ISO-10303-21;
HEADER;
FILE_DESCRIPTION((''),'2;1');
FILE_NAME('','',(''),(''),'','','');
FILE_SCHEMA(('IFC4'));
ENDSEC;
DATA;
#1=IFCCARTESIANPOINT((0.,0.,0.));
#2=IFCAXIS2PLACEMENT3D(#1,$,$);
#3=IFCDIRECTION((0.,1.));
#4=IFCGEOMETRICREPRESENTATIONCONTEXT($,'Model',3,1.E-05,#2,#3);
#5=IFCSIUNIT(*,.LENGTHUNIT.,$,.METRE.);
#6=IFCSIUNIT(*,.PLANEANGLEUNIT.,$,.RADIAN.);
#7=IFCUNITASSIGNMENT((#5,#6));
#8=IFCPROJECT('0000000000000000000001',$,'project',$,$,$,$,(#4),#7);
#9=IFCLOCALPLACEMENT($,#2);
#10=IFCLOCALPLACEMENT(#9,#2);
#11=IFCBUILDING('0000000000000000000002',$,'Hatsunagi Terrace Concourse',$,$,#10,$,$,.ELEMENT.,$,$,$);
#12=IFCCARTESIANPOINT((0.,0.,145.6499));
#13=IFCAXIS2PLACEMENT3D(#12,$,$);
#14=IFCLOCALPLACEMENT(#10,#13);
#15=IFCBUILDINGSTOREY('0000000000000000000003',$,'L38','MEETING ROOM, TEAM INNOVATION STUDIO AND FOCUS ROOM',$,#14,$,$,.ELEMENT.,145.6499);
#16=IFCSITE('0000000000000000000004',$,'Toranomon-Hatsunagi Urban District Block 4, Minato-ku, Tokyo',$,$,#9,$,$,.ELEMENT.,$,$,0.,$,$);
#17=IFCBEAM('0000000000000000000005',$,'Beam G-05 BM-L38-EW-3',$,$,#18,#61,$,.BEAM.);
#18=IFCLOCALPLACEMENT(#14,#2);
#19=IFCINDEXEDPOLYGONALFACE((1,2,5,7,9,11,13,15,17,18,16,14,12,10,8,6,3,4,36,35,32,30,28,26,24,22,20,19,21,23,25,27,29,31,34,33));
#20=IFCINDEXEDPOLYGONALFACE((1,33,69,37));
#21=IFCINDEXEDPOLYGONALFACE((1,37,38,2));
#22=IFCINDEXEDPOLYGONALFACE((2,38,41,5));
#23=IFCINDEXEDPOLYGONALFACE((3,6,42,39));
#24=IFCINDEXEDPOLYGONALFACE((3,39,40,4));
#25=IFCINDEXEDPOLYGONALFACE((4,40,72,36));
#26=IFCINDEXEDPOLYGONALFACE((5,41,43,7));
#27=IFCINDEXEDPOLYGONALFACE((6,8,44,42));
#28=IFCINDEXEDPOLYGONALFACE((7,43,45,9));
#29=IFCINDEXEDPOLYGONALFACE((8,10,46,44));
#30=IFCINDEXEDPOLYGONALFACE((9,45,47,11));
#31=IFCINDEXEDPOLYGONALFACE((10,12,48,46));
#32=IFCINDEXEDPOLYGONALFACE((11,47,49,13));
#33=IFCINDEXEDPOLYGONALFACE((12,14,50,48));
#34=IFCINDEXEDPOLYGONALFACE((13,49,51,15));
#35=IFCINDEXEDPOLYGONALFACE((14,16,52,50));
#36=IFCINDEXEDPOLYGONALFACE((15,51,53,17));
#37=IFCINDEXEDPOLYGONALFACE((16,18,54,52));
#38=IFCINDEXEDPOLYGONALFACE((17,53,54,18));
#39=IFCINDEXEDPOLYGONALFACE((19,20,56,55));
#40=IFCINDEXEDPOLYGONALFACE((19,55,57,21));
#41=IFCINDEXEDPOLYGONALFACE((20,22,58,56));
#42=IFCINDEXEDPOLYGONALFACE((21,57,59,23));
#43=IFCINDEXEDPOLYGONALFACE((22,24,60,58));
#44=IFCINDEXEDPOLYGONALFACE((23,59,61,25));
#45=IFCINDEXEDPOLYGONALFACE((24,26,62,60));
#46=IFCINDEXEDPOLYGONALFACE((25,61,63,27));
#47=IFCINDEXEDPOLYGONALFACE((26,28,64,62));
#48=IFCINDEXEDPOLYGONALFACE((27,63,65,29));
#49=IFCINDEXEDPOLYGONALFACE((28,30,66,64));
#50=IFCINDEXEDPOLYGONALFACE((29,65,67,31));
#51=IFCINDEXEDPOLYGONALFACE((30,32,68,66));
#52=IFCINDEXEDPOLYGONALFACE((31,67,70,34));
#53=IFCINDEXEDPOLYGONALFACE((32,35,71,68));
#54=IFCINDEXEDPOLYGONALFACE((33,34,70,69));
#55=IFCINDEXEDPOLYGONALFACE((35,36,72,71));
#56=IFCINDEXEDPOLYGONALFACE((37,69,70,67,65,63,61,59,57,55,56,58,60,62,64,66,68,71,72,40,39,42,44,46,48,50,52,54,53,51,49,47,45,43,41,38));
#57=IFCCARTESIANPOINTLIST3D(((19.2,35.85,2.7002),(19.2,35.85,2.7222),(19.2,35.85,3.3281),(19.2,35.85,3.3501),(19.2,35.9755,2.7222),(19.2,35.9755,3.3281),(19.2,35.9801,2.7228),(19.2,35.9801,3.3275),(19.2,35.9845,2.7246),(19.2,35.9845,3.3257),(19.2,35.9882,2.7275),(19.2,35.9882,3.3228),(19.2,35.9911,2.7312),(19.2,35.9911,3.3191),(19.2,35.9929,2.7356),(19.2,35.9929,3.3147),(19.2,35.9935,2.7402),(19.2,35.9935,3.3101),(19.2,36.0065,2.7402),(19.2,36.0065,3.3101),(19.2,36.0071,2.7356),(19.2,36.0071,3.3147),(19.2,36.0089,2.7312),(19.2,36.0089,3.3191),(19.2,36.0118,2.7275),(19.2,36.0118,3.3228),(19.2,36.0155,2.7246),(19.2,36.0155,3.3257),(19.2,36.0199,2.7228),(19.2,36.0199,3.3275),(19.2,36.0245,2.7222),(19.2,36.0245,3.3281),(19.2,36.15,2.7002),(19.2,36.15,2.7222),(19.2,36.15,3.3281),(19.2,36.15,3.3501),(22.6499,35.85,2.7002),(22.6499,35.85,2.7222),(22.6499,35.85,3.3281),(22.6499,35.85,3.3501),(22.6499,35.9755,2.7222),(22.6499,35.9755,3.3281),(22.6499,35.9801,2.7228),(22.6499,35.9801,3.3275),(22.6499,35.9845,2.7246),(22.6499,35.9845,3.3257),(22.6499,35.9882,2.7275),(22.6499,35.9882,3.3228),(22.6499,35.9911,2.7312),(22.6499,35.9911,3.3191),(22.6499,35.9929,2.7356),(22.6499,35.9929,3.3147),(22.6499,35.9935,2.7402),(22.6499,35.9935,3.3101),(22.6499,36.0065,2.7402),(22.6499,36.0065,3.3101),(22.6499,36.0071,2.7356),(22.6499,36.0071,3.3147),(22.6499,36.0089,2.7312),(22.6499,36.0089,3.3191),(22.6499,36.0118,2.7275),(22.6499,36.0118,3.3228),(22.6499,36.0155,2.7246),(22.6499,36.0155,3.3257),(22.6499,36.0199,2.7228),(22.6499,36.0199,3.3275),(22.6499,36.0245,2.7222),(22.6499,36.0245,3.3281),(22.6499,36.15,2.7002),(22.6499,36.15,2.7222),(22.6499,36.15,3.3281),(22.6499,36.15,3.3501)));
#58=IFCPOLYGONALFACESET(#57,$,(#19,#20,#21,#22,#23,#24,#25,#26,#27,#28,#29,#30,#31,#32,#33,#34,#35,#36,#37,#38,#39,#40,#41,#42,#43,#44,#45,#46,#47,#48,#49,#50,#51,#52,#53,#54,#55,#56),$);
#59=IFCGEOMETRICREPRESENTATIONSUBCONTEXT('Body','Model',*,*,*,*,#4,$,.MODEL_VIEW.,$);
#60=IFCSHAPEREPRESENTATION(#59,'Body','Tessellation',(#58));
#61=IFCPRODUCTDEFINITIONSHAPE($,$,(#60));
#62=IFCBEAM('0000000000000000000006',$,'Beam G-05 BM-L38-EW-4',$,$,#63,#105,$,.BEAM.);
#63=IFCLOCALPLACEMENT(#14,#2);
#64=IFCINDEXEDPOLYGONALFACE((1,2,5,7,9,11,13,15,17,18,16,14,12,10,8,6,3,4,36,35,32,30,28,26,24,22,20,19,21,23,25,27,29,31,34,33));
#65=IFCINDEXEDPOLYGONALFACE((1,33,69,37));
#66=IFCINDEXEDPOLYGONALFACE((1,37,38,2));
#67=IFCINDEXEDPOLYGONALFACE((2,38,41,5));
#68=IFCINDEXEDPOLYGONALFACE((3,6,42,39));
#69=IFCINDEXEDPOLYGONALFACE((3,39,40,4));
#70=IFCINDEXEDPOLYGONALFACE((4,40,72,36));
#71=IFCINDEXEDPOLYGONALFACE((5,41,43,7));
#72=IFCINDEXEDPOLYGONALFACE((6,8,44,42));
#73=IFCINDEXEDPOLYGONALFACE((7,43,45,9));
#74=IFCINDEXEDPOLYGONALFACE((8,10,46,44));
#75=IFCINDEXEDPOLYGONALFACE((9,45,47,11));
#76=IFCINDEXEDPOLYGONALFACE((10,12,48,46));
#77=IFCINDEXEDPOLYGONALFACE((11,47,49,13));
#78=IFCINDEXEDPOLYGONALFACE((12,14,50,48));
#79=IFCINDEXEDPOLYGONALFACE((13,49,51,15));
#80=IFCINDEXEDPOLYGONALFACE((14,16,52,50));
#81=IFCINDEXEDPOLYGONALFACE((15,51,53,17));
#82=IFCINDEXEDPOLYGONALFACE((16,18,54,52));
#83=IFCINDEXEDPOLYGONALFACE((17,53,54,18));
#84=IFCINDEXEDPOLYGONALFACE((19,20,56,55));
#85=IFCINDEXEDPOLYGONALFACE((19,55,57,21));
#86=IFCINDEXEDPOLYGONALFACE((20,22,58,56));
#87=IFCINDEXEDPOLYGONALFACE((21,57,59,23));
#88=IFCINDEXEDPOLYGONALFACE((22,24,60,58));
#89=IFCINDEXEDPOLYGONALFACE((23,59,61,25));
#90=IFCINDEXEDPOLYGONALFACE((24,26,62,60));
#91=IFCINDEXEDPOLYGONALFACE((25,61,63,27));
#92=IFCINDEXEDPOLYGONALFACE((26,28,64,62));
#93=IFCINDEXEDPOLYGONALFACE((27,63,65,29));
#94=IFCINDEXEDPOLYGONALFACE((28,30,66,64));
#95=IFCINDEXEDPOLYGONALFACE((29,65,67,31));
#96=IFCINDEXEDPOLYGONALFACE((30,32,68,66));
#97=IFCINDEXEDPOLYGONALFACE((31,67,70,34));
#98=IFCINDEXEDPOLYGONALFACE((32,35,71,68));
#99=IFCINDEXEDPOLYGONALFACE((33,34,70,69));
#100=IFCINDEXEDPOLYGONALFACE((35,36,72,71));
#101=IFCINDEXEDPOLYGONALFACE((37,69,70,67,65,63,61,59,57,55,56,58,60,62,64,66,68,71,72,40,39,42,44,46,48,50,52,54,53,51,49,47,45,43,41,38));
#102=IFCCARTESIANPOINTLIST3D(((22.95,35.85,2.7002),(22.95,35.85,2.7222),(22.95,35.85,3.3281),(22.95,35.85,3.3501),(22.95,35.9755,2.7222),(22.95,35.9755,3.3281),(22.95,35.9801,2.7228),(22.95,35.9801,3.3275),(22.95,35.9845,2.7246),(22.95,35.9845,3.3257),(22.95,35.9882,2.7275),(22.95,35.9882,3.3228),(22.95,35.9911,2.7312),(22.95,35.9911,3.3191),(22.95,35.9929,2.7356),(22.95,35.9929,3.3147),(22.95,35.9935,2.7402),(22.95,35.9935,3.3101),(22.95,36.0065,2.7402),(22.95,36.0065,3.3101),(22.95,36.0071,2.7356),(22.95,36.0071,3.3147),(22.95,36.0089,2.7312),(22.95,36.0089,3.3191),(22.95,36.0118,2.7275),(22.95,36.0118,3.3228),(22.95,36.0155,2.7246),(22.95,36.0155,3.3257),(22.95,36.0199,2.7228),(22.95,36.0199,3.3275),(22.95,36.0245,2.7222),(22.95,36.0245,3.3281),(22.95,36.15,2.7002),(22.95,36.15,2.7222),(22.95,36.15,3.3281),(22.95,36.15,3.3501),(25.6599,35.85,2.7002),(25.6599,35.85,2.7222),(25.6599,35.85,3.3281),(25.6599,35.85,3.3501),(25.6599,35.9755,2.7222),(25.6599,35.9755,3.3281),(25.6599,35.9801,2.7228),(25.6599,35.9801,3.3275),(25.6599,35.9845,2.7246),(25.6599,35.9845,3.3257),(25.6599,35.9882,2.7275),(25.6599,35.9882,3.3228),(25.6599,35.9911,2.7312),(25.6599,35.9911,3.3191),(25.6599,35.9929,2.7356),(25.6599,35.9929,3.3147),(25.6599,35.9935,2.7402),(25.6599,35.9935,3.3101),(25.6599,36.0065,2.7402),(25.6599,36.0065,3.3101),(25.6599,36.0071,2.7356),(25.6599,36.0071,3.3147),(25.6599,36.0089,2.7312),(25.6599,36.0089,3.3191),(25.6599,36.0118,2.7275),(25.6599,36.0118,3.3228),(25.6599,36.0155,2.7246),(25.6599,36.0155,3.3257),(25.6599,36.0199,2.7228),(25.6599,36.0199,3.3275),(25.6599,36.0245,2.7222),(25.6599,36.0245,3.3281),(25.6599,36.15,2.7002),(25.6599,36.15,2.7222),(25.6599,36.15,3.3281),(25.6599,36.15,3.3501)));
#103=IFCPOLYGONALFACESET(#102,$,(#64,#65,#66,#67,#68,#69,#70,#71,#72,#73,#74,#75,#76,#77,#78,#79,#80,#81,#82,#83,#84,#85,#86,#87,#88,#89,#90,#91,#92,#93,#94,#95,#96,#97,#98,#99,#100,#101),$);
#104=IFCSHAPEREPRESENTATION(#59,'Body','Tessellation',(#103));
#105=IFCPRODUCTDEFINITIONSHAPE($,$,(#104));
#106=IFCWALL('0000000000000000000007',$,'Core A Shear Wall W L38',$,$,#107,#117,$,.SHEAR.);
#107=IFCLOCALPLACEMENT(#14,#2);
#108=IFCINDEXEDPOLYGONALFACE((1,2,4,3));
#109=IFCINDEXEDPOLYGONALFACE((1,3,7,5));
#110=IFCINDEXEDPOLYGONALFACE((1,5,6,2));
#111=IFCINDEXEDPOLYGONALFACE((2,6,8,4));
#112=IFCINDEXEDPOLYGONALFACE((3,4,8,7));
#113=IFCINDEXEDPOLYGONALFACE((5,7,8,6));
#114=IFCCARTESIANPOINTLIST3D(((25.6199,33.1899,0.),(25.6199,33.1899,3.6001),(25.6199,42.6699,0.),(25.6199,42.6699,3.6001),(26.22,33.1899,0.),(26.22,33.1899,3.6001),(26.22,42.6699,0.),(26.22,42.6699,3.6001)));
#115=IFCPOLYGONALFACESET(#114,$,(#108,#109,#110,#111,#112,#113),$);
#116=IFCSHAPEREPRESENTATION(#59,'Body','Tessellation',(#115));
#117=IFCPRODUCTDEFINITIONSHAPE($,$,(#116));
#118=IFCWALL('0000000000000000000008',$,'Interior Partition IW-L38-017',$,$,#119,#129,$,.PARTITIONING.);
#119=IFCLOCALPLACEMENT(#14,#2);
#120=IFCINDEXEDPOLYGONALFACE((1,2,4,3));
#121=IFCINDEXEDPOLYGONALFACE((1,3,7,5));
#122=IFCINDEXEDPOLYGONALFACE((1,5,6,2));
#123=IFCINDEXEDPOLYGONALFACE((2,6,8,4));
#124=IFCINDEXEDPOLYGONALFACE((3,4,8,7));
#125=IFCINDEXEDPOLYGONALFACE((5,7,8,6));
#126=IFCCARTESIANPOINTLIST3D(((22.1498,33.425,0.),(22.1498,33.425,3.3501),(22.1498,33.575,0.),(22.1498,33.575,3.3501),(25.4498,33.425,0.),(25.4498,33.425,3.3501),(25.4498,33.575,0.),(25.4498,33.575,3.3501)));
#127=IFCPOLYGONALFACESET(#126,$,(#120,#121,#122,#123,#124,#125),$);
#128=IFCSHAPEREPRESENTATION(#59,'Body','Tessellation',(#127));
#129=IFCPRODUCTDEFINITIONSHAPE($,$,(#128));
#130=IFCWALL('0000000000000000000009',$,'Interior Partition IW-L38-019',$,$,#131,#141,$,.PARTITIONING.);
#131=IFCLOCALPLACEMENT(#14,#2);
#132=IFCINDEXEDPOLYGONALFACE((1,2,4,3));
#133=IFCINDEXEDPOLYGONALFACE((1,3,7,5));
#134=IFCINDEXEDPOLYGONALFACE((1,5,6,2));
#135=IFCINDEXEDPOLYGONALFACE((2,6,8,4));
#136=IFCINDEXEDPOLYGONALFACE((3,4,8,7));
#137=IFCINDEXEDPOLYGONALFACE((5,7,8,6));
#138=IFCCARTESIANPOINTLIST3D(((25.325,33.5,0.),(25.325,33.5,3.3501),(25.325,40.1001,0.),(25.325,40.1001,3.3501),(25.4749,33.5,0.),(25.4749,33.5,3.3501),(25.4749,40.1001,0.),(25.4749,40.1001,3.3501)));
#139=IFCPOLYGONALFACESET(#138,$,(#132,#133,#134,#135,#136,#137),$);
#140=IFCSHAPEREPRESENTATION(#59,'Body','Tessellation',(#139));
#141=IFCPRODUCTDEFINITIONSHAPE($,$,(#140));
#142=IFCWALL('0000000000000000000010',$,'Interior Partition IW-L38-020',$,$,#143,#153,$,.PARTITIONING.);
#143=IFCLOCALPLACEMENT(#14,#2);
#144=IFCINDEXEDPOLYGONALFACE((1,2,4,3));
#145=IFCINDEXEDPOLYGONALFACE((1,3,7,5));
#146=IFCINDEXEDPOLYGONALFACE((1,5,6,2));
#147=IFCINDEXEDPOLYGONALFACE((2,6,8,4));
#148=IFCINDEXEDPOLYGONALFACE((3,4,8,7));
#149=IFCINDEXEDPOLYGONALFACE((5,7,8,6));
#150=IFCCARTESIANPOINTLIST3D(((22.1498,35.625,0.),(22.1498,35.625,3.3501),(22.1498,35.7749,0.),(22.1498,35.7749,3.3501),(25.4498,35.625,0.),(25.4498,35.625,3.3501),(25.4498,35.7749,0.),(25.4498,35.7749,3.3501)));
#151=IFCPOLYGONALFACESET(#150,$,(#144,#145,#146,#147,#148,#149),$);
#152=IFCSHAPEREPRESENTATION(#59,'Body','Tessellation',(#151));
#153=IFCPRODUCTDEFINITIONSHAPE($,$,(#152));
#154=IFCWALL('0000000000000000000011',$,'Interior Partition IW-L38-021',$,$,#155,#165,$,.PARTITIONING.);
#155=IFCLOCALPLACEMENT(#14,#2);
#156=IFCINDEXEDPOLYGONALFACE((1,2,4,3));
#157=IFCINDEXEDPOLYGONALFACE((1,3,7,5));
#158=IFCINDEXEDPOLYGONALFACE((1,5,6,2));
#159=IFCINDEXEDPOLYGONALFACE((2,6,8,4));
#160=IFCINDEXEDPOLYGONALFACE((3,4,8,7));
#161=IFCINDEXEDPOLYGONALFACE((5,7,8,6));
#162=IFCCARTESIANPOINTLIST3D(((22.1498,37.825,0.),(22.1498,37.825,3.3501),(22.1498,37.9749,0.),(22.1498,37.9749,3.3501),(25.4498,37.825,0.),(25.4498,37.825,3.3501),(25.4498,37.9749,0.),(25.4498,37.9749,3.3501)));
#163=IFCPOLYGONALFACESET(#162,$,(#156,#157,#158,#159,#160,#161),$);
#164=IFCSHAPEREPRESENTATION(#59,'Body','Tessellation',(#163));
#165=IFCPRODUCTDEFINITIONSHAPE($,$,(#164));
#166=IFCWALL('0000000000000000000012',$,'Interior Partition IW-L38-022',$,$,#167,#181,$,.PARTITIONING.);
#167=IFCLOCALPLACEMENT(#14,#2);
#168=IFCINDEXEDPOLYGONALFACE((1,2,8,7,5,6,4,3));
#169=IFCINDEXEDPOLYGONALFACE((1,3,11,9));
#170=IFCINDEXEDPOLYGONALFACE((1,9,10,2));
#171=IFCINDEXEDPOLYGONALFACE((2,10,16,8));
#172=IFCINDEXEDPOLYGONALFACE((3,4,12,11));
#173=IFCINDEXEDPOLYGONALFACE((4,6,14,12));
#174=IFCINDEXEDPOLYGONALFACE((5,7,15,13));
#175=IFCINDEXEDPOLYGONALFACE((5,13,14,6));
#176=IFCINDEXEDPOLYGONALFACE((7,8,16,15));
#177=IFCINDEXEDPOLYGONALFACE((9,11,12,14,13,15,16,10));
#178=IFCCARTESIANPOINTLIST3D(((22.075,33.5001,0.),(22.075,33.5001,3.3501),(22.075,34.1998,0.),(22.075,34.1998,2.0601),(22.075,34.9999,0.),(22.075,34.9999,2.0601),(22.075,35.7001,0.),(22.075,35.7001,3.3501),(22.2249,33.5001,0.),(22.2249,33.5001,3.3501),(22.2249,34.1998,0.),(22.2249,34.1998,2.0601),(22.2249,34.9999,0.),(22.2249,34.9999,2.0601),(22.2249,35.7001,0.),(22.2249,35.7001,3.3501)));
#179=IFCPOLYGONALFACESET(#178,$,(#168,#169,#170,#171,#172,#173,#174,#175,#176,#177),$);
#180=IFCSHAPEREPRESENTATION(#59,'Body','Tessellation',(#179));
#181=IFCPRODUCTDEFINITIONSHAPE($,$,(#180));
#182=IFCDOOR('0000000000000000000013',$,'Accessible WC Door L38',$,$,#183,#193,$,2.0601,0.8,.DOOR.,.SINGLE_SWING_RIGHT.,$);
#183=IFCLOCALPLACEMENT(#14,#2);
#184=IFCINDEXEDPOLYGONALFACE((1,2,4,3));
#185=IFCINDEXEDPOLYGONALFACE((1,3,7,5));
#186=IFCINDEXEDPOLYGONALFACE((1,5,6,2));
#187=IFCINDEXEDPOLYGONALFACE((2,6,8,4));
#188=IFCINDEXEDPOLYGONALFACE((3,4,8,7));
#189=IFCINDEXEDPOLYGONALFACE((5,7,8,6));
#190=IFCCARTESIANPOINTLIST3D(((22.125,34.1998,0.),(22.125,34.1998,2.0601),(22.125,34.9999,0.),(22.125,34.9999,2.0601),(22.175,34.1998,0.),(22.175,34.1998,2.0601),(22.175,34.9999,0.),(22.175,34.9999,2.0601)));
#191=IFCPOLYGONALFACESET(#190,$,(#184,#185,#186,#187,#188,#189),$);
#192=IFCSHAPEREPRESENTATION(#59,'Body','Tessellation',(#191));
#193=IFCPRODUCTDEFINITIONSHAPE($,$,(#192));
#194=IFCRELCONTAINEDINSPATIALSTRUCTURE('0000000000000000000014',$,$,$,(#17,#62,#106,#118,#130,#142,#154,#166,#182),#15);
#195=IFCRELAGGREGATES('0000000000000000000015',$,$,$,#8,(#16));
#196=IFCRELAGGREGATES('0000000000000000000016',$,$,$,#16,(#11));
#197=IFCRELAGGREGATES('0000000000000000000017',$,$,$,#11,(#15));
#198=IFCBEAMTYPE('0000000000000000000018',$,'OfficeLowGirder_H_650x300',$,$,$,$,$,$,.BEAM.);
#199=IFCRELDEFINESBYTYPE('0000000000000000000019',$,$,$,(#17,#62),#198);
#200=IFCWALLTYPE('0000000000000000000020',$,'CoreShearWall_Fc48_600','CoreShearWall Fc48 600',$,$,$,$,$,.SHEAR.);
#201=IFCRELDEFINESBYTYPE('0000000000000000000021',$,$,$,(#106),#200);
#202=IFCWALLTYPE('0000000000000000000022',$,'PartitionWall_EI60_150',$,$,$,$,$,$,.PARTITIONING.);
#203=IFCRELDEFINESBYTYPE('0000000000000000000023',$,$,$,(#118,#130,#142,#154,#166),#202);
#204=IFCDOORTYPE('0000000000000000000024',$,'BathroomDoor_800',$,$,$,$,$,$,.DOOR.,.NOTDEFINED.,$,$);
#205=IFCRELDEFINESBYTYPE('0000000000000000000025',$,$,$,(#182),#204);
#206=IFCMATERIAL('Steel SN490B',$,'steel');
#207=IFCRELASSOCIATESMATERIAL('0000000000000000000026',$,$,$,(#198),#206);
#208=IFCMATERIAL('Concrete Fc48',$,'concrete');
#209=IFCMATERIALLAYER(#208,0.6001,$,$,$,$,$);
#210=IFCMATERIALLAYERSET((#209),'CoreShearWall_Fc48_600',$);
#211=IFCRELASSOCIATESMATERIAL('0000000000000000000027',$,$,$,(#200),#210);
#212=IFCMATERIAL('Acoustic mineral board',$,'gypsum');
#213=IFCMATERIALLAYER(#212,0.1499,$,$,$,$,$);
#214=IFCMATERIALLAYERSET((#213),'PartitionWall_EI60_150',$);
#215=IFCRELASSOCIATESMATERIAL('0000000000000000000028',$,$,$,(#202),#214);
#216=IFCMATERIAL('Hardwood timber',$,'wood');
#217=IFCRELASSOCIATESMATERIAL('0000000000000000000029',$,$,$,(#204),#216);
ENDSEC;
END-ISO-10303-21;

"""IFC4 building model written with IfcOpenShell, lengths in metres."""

from ifc_helpers import new_model, si_unit, direction, frame, frame_2d, origin, origin_2d, place, context, subcontext, project, spatial, rectangle, i_section, extrude, material, layer, layer_set, material_profile, profile_set, type_object, element, fill, save


model = new_model("IFC4")

# Units and contexts
model_context = context("Model", 3, precision=1e-05, world=origin(), true_north=direction((0.0, 1.0)))
body_context = subcontext(model_context, "Body", "Model", "MODEL_VIEW")
ifc_project = project(units=[si_unit("LENGTHUNIT", "METRE"), si_unit("PLANEANGLEUNIT", "RADIAN")], contexts=[model_context])

# Site, building, storey
site_placement = place(None, origin())
site = spatial("IfcSite", under=ifc_project, at=site_placement, Name="Toranomon-Hatsunagi Urban District Block 4, Minato-ku, Tokyo", CompositionType="ELEMENT", RefElevation=0.0)
building_placement = place(site_placement, origin())
building = spatial("IfcBuilding", under=site, at=building_placement, Name="Hatsunagi Terrace Concourse", CompositionType="ELEMENT")
storey_placement = place(building_placement, frame((0.0, 0.0, 145.6499)))
storey = spatial("IfcBuildingStorey", under=building, at=storey_placement, Name="L38", Description="MEETING ROOM, TEAM INNOVATION STUDIO AND FOCUS ROOM", CompositionType="ELEMENT", Elevation=145.6499)

# Beams
ifc_material_1 = material(Name="Steel SN490B", Category="steel")
ifc_material_profile_1 = material_profile(ifc_material_1, i_section(OverallWidth=0.3, OverallDepth=0.6499, WebThickness=0.0129, FlangeThickness=0.022, FilletRadius=0.0181, at=origin_2d()), Name="H-650x300x13x22")
ifc_profile_set_1 = profile_set([ifc_material_profile_1], Name="Steel SN490B")
beam_type_1 = type_object("IfcBeamType", Name="OfficeLowGirder_H_650x300", PredefinedType="BEAM", material=ifc_profile_set_1)
beam_1_placement = place(storey_placement, frame((19.2, 36.0, 3.0251), z_axis=(1.0, 0.0, 0.0), x_axis=(0.0, 1.0, 0.0)))
element("IfcBeam", 1, at=beam_1_placement, inside=storey, type_object=beam_type_1, Name="Beam G-05 BM-L38-EW-3", PredefinedType="BEAM", context=body_context, shape_type="SweptSolid", body=[
    extrude(i_section(OverallWidth=0.3, OverallDepth=0.6499, WebThickness=0.0129, FlangeThickness=0.022, FilletRadius=0.0181, at=origin_2d()), origin(), (0.0, 0.0, 1.0), 3.45),
])
beam_2_placement = place(storey_placement, frame((22.95, 36.0, 3.0251), z_axis=(1.0, 0.0, 0.0), x_axis=(0.0, 1.0, 0.0)))
element("IfcBeam", 2, at=beam_2_placement, inside=storey, type_object=beam_type_1, Name="Beam G-05 BM-L38-EW-4", PredefinedType="BEAM", context=body_context, shape_type="SweptSolid", body=[
    extrude(i_section(OverallWidth=0.3, OverallDepth=0.6499, WebThickness=0.0129, FlangeThickness=0.022, FilletRadius=0.0181, at=origin_2d()), origin(), (0.0, 0.0, 1.0), 2.71),
])

# Shared definitions
ifc_material_2 = material(Name="Concrete Fc48", Category="concrete")
ifc_layer_1 = layer(ifc_material_2, 0.6001)
ifc_layer_set_1 = layer_set([ifc_layer_1], Name="CoreShearWall_Fc48_600")
wall_type_1 = type_object("IfcWallType", Name="CoreShearWall_Fc48_600", Description="CoreShearWall Fc48 600", PredefinedType="SHEAR", material=ifc_layer_set_1)

# Walls
wall_1_placement = place(storey_placement, frame((25.9199, 33.1899, 0.0), z_axis=(0.0, 0.0, 1.0), x_axis=(0.0, 1.0, 0.0)))
element("IfcWall", 3, at=wall_1_placement, inside=storey, type_object=wall_type_1, Name="Core A Shear Wall W L38", PredefinedType="SHEAR", context=body_context, shape_type="SweptSolid", body=[
    extrude(rectangle(XDim=9.48, YDim=0.6001, at=frame_2d((4.74, 0.0))), origin(), (0.0, 0.0, 1.0), 3.6001),
])
ifc_material_3 = material(Name="Acoustic mineral board", Category="gypsum")
ifc_layer_2 = layer(ifc_material_3, 0.1499)
ifc_layer_set_2 = layer_set([ifc_layer_2], Name="PartitionWall_EI60_150")
wall_type_2 = type_object("IfcWallType", Name="PartitionWall_EI60_150", PredefinedType="PARTITIONING", material=ifc_layer_set_2)
wall_2_placement = place(storey_placement, frame((22.1499, 33.5, 0.0), z_axis=(0.0, 0.0, 1.0), x_axis=(1.0, 0.0, 0.0)))
element("IfcWall", 4, at=wall_2_placement, inside=storey, type_object=wall_type_2, Name="Interior Partition IW-L38-017", PredefinedType="PARTITIONING", context=body_context, shape_type="SweptSolid", body=[
    extrude(rectangle(XDim=3.3, YDim=0.1499, at=frame_2d((1.6499, 0.0))), origin(), (0.0, 0.0, 1.0), 3.3501),
])
wall_3_placement = place(storey_placement, frame((25.3999, 33.5, 0.0), z_axis=(0.0, 0.0, 1.0), x_axis=(0.0, 1.0, 0.0)))
element("IfcWall", 5, at=wall_3_placement, inside=storey, type_object=wall_type_2, Name="Interior Partition IW-L38-019", PredefinedType="PARTITIONING", context=body_context, shape_type="SweptSolid", body=[
    extrude(rectangle(XDim=6.6001, YDim=0.1499, at=frame_2d((3.3, 0.0))), origin(), (0.0, 0.0, 1.0), 3.3501),
])
for number, where, z_axis, x_axis, name in (
    (6, (22.1499, 35.7, 0.0), (0.0, 0.0, 1.0), (1.0, 0.0, 0.0), "Interior Partition IW-L38-020"),
    (7, (22.1499, 37.8999, 0.0), (0.0, 0.0, 1.0), (1.0, 0.0, 0.0), "Interior Partition IW-L38-021"),
):
    element("IfcWall", number, at=place(storey_placement, frame(where, z_axis=z_axis, x_axis=x_axis)), inside=storey, type_object=wall_type_2, Name=name, PredefinedType="PARTITIONING", context=body_context, shape_type="SweptSolid", body=[
        extrude(rectangle(XDim=3.3, YDim=0.1499, at=frame_2d((1.6499, 0.0))), origin(), (0.0, 0.0, 1.0), 3.3501),
    ])

# Wall, opening, door
wall_4_placement = place(storey_placement, frame((22.1499, 33.5, 0.0), z_axis=(0.0, 0.0, 1.0), x_axis=(0.0, 1.0, 0.0)))
wall_4 = element("IfcWall", 8, at=wall_4_placement, inside=storey, type_object=wall_type_2, Name="Interior Partition IW-L38-022", PredefinedType="PARTITIONING", context=body_context, shape_type="SweptSolid", body=[
    extrude(rectangle(XDim=2.2, YDim=0.1499, at=frame_2d((1.1001, 0.0))), origin(), (0.0, 0.0, 1.0), 3.3501),
])
opening_1_placement = place(wall_4_placement, frame((0.7, 0.0, 0.0)))
opening_1 = element("IfcOpeningElement", 9, at=opening_1_placement, cuts=wall_4, PredefinedType="OPENING", context=body_context, shape_type="SweptSolid", body=[
    extrude(rectangle(XDim=0.8, YDim=2.0601, at=frame_2d((0.3999, 1.03))), frame((0.0, 0.085, 0.0), z_axis=(0.0, -1.0, 0.0), x_axis=(1.0, 0.0, 0.0)), (0.0, 0.0, 1.0), 0.1699),
])
ifc_material_4 = material(Name="Hardwood timber", Category="wood")
door_type_1 = type_object("IfcDoorType", Name="BathroomDoor_800", OperationType="NOTDEFINED", PredefinedType="DOOR", material=ifc_material_4)
door_1_placement = place(opening_1_placement, origin())
door_1 = element("IfcDoor", 10, at=door_1_placement, inside=storey, type_object=door_type_1, Name="Accessible WC Door L38", OperationType="SINGLE_SWING_RIGHT", OverallHeight=2.0601, OverallWidth=0.8, PredefinedType="DOOR", context=body_context, shape_type="SweptSolid", body=[
    extrude(rectangle(XDim=0.8, YDim=2.0601, at=frame_2d((0.3999, 1.03))), frame((0.0, 0.0249, 0.0), z_axis=(0.0, -1.0, 0.0), x_axis=(1.0, 0.0, 0.0)), (0.0, 0.0, 1.0), 0.05),
])
fill(opening_1, door_1)

save(model, "model.ifc")
